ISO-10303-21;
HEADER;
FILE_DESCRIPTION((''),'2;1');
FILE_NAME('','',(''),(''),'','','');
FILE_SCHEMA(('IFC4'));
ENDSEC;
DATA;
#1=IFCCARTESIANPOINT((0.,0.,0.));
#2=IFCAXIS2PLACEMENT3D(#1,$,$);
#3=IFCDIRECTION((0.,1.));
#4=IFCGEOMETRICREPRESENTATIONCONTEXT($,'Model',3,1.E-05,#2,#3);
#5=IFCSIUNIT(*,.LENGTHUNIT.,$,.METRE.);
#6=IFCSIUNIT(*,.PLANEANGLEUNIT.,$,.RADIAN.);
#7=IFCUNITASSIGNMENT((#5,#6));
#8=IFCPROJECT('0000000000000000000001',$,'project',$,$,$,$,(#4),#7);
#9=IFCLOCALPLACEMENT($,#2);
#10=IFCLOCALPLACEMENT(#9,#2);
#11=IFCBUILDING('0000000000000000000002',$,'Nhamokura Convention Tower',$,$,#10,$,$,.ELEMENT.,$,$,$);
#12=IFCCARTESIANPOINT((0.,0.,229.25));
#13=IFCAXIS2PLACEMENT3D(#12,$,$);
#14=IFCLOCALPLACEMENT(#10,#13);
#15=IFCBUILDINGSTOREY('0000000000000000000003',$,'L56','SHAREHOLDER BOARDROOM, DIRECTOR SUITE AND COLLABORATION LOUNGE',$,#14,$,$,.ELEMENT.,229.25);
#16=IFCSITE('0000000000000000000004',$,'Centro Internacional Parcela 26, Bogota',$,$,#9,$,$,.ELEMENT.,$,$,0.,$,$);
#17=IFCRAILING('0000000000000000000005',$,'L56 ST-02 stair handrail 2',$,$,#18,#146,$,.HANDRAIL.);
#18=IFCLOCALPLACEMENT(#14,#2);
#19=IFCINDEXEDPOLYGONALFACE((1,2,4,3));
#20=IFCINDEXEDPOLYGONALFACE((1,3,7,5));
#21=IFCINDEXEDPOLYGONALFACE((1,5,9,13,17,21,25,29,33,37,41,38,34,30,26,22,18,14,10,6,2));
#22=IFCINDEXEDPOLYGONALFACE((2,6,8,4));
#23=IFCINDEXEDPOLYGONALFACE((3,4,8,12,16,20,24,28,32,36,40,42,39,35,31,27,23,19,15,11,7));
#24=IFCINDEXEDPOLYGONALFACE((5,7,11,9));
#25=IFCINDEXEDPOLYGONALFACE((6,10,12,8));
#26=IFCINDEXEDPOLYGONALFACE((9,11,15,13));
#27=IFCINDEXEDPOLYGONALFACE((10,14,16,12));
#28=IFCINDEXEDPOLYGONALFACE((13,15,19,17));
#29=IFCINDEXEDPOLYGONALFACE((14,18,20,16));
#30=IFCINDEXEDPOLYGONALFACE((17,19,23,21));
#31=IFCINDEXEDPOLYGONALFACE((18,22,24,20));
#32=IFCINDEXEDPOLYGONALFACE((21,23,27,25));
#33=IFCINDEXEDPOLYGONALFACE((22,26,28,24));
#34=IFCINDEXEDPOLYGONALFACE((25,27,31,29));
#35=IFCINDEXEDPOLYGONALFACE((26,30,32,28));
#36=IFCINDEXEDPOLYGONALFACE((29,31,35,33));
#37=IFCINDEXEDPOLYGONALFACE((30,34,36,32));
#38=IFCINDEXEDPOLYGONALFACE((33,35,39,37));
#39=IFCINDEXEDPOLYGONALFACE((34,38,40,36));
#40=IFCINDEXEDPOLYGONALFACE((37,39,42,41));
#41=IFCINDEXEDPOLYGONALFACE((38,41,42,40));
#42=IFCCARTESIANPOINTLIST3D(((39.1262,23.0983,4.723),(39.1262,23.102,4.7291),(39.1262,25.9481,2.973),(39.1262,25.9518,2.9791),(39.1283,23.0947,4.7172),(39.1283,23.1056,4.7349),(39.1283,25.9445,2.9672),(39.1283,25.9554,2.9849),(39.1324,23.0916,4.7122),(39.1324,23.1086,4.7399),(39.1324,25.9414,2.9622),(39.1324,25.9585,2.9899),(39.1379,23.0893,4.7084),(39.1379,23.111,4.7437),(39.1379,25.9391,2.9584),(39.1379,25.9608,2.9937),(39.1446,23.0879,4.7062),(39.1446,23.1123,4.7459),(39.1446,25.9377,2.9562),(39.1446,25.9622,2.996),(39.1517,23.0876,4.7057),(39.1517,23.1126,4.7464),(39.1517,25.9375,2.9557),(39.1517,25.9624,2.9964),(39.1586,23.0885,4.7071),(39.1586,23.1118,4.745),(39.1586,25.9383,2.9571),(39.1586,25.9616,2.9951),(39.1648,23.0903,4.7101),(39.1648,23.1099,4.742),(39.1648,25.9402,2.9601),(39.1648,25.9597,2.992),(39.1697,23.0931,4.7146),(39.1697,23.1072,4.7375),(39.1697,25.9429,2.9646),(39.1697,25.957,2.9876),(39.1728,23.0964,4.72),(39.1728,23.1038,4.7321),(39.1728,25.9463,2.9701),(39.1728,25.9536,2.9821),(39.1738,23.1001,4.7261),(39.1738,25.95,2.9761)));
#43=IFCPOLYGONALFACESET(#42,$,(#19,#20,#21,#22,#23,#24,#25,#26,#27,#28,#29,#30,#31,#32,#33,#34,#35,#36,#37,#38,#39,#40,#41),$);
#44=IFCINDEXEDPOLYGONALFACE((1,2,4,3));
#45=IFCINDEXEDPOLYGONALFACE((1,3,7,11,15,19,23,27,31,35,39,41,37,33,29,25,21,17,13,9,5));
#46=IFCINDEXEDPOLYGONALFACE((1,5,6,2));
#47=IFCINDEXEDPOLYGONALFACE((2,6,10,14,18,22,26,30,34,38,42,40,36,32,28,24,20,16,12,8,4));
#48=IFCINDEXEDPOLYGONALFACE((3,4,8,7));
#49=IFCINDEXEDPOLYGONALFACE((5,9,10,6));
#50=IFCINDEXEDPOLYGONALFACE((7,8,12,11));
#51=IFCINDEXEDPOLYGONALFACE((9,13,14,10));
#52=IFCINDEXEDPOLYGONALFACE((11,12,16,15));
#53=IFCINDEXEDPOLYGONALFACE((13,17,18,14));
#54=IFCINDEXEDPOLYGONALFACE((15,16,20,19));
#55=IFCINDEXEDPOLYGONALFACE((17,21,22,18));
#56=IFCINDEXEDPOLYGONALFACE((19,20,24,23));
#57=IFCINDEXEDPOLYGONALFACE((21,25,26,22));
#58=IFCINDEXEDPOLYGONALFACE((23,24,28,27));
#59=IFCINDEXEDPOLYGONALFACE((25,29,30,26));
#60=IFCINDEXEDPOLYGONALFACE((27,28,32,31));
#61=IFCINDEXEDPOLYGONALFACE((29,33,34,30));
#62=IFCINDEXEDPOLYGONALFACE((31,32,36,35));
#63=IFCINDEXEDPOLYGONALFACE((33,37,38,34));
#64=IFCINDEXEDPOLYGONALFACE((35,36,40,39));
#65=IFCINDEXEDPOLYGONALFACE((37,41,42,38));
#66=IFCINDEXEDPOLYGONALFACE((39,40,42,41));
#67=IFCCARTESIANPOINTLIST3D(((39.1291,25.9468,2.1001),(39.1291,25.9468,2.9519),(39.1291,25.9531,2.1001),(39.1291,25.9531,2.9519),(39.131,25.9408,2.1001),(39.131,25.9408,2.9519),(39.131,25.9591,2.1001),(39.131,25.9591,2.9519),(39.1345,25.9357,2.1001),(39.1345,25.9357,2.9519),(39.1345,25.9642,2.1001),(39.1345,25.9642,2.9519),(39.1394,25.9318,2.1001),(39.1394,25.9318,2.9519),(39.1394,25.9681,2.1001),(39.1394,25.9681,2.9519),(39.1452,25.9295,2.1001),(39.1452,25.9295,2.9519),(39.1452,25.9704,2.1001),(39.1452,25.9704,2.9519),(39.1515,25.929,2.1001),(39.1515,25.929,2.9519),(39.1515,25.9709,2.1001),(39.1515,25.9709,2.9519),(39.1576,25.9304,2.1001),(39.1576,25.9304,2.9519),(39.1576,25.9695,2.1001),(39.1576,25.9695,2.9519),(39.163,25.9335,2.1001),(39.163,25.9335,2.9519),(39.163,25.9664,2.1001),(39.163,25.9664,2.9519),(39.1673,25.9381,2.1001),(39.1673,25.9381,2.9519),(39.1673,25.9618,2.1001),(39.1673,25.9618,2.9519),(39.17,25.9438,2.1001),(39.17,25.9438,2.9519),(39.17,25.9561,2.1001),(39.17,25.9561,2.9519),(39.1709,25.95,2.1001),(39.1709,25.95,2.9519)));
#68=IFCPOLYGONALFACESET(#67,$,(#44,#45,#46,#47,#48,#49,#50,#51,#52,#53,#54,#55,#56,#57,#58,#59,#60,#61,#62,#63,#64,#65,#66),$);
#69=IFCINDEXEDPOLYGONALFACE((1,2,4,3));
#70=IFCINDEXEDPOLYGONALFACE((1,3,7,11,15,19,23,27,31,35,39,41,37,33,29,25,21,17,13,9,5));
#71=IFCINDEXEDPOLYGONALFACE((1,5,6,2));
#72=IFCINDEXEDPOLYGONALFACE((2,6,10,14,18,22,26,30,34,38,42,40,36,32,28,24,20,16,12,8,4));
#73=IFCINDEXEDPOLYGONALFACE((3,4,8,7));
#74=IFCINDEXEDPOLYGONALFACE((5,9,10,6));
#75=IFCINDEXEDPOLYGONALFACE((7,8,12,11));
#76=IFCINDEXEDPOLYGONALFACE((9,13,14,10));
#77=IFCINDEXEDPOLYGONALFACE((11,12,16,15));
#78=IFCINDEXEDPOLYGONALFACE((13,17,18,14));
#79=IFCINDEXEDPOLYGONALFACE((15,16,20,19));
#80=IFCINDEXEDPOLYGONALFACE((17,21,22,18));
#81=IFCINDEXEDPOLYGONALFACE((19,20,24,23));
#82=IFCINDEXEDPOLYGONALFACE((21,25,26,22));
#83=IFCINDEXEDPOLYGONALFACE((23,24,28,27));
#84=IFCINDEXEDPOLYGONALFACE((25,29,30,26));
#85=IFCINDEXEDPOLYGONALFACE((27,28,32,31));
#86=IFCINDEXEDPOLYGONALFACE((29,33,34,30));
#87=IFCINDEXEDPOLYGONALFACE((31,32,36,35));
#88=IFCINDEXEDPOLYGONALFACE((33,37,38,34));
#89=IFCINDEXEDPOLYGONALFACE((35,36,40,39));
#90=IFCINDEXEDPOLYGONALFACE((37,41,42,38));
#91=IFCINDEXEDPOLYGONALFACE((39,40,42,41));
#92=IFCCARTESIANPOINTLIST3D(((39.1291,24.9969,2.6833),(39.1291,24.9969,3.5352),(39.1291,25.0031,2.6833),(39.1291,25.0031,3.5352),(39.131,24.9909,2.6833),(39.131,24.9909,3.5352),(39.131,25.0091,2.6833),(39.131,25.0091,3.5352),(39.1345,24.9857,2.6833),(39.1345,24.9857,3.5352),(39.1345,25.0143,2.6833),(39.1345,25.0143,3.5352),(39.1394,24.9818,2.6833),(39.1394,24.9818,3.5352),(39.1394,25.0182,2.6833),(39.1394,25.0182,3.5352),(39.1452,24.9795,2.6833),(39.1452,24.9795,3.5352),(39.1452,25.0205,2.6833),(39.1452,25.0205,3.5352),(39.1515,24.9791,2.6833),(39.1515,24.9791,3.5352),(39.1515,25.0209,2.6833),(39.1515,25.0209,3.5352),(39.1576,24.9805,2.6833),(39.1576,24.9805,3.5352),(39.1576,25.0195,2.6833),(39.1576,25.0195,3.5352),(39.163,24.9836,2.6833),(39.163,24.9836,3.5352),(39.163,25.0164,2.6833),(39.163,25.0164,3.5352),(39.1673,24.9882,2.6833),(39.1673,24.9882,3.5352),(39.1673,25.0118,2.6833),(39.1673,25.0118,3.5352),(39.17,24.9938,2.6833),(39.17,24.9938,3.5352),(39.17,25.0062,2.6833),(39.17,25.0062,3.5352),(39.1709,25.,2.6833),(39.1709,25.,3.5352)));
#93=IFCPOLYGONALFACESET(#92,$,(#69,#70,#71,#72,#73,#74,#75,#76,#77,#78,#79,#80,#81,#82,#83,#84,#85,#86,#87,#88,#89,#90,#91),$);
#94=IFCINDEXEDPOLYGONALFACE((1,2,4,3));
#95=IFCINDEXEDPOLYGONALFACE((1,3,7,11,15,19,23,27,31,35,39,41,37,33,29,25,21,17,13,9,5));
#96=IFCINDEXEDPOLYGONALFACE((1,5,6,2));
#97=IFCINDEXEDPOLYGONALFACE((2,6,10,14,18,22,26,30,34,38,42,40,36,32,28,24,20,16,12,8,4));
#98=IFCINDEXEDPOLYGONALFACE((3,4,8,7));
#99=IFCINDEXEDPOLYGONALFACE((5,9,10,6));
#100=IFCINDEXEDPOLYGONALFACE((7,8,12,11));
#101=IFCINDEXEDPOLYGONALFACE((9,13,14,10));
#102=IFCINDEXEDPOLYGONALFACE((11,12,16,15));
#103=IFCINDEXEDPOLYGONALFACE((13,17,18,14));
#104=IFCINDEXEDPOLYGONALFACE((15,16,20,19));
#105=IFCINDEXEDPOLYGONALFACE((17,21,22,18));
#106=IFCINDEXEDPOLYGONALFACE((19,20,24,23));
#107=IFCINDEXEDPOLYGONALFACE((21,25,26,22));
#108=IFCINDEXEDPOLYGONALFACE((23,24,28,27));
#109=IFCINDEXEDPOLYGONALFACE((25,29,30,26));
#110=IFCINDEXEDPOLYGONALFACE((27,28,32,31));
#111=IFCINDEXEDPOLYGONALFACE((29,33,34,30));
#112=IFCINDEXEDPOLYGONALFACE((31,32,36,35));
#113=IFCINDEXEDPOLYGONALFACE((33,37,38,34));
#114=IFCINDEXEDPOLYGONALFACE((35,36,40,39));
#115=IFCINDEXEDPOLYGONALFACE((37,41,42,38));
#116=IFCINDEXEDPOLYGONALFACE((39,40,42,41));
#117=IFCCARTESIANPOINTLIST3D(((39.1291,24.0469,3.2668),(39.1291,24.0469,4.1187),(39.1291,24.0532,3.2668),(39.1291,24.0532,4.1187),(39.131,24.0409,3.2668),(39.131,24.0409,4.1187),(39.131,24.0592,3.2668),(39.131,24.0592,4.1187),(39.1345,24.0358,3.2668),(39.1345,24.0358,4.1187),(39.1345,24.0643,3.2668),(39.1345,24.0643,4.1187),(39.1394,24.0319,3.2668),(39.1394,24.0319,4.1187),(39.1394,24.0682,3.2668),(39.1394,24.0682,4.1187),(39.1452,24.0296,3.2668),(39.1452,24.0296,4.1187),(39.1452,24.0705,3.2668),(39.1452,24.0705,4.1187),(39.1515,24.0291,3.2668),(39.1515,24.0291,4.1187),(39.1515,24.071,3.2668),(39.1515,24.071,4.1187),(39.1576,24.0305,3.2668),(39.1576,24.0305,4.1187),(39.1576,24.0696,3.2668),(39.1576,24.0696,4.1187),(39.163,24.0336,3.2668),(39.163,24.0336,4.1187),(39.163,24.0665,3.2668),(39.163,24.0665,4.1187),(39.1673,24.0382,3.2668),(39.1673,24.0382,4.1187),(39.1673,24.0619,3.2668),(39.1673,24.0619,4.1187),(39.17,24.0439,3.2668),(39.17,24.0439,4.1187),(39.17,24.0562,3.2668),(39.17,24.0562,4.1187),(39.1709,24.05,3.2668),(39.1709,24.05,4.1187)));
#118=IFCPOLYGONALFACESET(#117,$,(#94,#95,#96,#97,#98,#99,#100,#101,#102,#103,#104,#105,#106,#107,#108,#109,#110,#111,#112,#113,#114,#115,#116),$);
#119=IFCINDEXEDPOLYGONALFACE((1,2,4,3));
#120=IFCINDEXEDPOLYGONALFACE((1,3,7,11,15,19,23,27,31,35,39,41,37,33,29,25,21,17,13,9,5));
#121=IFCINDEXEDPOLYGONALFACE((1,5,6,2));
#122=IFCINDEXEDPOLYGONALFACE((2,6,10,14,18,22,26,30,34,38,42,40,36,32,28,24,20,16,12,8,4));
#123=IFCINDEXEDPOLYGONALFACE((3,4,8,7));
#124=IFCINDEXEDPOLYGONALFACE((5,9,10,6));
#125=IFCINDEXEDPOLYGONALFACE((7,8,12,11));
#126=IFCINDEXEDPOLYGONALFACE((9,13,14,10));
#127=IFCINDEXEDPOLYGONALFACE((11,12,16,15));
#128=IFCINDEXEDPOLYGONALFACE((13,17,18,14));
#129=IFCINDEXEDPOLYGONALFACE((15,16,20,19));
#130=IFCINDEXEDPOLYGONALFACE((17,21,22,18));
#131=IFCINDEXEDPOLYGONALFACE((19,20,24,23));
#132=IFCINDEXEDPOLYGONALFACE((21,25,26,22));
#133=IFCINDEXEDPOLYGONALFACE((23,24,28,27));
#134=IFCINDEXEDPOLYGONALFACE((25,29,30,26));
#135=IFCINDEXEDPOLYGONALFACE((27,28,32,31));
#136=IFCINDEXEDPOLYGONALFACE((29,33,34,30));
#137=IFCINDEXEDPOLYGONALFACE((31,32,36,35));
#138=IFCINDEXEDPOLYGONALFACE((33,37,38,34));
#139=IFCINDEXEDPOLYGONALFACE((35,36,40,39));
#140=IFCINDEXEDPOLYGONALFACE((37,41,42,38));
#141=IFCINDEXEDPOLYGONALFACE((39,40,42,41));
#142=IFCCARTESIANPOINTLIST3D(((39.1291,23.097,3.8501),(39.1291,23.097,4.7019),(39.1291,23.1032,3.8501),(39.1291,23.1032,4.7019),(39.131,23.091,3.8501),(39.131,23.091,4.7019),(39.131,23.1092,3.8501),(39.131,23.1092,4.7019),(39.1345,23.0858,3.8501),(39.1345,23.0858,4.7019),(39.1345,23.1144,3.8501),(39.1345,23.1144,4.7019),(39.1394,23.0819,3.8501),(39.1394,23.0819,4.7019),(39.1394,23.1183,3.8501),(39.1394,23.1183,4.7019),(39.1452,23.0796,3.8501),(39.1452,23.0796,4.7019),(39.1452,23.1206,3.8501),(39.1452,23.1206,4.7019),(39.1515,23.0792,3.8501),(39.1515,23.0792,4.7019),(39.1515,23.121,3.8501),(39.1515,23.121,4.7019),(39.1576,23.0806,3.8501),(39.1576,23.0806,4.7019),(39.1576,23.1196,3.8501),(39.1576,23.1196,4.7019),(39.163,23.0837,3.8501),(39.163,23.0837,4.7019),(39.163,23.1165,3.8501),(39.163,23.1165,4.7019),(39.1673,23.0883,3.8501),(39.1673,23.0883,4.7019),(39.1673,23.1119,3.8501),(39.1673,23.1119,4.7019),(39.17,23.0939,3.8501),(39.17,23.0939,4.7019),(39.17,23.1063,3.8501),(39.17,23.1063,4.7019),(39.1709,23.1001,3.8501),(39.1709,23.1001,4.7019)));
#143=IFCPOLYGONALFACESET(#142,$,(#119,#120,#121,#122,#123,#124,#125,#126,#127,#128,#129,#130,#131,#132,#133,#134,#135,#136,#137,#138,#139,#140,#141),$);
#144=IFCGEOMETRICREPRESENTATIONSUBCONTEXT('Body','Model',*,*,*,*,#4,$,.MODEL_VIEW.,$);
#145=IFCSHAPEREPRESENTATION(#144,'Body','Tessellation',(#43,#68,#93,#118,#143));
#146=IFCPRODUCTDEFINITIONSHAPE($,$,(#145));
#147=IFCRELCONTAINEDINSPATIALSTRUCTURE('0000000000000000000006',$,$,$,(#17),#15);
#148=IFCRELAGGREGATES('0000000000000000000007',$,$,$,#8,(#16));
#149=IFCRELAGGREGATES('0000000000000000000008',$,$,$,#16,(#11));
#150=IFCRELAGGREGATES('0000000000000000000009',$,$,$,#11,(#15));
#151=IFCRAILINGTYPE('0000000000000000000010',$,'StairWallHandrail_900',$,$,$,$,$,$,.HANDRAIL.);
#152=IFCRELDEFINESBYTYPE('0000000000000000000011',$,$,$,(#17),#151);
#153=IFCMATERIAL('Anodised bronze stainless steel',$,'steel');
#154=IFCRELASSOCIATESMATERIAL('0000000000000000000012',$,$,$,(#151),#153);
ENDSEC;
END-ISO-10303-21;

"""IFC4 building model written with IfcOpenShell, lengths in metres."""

from ifc_helpers import new_model, si_unit, direction, frame, origin, origin_2d, place, context, subcontext, project, spatial, circle, extrude, material, type_object, element, save


model = new_model("IFC4")

# Units and contexts
model_context = context("Model", 3, precision=1e-05, world=origin(), true_north=direction((0.0, 1.0)))
body_context = subcontext(model_context, "Body", "Model", "MODEL_VIEW")
ifc_project = project(units=[si_unit("LENGTHUNIT", "METRE"), si_unit("PLANEANGLEUNIT", "RADIAN")], contexts=[model_context])

# Site, building, storey
site_placement = place(None, origin())
site = spatial("IfcSite", under=ifc_project, at=site_placement, Name="Centro Internacional Parcela 26, Bogota", CompositionType="ELEMENT", RefElevation=0.0)
building_placement = place(site_placement, origin())
building = spatial("IfcBuilding", under=site, at=building_placement, Name="Nhamokura Convention Tower", CompositionType="ELEMENT")
storey_placement = place(building_placement, frame((0.0, 0.0, 229.25)))
storey = spatial("IfcBuildingStorey", under=building, at=storey_placement, Name="L56", Description="SHAREHOLDER BOARDROOM, DIRECTOR SUITE AND COLLABORATION LOUNGE", CompositionType="ELEMENT", Elevation=229.25)

# Railing
ifc_material_1 = material(Name="Anodised bronze stainless steel", Category="steel")
railing_type_1 = type_object("IfcRailingType", Name="StairWallHandrail_900", PredefinedType="HANDRAIL", material=ifc_material_1)
railing_1_placement = place(storey_placement, frame((39.1499, 25.95, 2.1001)))
element("IfcRailing", 1, at=railing_1_placement, inside=storey, type_object=railing_type_1, Name="L56 ST-02 stair handrail 2", PredefinedType="HANDRAIL", context=body_context, shape_type="SweptSolid", body=[
    extrude(circle(Radius=0.0239, at=origin_2d()), frame((0.0, 0.0, 0.876), z_axis=(0.0, -0.852159, 0.523283), x_axis=(1.0, 0.0, 0.0)), (0.0, 0.0, 1.0), 3.3442),
    extrude(circle(Radius=0.021, at=origin_2d()), origin(), (0.0, 0.0, 1.0), 0.8518),
    extrude(circle(Radius=0.021, at=origin_2d()), frame((0.0, -0.95, 0.5833)), (0.0, 0.0, 1.0), 0.8518),
    extrude(circle(Radius=0.021, at=origin_2d()), frame((0.0, -1.8999, 1.1667)), (0.0, 0.0, 1.0), 0.8518),
    extrude(circle(Radius=0.021, at=origin_2d()), frame((0.0, -2.8499, 1.75)), (0.0, 0.0, 1.0), 0.8518),
])

save(model, "model.ifc")
